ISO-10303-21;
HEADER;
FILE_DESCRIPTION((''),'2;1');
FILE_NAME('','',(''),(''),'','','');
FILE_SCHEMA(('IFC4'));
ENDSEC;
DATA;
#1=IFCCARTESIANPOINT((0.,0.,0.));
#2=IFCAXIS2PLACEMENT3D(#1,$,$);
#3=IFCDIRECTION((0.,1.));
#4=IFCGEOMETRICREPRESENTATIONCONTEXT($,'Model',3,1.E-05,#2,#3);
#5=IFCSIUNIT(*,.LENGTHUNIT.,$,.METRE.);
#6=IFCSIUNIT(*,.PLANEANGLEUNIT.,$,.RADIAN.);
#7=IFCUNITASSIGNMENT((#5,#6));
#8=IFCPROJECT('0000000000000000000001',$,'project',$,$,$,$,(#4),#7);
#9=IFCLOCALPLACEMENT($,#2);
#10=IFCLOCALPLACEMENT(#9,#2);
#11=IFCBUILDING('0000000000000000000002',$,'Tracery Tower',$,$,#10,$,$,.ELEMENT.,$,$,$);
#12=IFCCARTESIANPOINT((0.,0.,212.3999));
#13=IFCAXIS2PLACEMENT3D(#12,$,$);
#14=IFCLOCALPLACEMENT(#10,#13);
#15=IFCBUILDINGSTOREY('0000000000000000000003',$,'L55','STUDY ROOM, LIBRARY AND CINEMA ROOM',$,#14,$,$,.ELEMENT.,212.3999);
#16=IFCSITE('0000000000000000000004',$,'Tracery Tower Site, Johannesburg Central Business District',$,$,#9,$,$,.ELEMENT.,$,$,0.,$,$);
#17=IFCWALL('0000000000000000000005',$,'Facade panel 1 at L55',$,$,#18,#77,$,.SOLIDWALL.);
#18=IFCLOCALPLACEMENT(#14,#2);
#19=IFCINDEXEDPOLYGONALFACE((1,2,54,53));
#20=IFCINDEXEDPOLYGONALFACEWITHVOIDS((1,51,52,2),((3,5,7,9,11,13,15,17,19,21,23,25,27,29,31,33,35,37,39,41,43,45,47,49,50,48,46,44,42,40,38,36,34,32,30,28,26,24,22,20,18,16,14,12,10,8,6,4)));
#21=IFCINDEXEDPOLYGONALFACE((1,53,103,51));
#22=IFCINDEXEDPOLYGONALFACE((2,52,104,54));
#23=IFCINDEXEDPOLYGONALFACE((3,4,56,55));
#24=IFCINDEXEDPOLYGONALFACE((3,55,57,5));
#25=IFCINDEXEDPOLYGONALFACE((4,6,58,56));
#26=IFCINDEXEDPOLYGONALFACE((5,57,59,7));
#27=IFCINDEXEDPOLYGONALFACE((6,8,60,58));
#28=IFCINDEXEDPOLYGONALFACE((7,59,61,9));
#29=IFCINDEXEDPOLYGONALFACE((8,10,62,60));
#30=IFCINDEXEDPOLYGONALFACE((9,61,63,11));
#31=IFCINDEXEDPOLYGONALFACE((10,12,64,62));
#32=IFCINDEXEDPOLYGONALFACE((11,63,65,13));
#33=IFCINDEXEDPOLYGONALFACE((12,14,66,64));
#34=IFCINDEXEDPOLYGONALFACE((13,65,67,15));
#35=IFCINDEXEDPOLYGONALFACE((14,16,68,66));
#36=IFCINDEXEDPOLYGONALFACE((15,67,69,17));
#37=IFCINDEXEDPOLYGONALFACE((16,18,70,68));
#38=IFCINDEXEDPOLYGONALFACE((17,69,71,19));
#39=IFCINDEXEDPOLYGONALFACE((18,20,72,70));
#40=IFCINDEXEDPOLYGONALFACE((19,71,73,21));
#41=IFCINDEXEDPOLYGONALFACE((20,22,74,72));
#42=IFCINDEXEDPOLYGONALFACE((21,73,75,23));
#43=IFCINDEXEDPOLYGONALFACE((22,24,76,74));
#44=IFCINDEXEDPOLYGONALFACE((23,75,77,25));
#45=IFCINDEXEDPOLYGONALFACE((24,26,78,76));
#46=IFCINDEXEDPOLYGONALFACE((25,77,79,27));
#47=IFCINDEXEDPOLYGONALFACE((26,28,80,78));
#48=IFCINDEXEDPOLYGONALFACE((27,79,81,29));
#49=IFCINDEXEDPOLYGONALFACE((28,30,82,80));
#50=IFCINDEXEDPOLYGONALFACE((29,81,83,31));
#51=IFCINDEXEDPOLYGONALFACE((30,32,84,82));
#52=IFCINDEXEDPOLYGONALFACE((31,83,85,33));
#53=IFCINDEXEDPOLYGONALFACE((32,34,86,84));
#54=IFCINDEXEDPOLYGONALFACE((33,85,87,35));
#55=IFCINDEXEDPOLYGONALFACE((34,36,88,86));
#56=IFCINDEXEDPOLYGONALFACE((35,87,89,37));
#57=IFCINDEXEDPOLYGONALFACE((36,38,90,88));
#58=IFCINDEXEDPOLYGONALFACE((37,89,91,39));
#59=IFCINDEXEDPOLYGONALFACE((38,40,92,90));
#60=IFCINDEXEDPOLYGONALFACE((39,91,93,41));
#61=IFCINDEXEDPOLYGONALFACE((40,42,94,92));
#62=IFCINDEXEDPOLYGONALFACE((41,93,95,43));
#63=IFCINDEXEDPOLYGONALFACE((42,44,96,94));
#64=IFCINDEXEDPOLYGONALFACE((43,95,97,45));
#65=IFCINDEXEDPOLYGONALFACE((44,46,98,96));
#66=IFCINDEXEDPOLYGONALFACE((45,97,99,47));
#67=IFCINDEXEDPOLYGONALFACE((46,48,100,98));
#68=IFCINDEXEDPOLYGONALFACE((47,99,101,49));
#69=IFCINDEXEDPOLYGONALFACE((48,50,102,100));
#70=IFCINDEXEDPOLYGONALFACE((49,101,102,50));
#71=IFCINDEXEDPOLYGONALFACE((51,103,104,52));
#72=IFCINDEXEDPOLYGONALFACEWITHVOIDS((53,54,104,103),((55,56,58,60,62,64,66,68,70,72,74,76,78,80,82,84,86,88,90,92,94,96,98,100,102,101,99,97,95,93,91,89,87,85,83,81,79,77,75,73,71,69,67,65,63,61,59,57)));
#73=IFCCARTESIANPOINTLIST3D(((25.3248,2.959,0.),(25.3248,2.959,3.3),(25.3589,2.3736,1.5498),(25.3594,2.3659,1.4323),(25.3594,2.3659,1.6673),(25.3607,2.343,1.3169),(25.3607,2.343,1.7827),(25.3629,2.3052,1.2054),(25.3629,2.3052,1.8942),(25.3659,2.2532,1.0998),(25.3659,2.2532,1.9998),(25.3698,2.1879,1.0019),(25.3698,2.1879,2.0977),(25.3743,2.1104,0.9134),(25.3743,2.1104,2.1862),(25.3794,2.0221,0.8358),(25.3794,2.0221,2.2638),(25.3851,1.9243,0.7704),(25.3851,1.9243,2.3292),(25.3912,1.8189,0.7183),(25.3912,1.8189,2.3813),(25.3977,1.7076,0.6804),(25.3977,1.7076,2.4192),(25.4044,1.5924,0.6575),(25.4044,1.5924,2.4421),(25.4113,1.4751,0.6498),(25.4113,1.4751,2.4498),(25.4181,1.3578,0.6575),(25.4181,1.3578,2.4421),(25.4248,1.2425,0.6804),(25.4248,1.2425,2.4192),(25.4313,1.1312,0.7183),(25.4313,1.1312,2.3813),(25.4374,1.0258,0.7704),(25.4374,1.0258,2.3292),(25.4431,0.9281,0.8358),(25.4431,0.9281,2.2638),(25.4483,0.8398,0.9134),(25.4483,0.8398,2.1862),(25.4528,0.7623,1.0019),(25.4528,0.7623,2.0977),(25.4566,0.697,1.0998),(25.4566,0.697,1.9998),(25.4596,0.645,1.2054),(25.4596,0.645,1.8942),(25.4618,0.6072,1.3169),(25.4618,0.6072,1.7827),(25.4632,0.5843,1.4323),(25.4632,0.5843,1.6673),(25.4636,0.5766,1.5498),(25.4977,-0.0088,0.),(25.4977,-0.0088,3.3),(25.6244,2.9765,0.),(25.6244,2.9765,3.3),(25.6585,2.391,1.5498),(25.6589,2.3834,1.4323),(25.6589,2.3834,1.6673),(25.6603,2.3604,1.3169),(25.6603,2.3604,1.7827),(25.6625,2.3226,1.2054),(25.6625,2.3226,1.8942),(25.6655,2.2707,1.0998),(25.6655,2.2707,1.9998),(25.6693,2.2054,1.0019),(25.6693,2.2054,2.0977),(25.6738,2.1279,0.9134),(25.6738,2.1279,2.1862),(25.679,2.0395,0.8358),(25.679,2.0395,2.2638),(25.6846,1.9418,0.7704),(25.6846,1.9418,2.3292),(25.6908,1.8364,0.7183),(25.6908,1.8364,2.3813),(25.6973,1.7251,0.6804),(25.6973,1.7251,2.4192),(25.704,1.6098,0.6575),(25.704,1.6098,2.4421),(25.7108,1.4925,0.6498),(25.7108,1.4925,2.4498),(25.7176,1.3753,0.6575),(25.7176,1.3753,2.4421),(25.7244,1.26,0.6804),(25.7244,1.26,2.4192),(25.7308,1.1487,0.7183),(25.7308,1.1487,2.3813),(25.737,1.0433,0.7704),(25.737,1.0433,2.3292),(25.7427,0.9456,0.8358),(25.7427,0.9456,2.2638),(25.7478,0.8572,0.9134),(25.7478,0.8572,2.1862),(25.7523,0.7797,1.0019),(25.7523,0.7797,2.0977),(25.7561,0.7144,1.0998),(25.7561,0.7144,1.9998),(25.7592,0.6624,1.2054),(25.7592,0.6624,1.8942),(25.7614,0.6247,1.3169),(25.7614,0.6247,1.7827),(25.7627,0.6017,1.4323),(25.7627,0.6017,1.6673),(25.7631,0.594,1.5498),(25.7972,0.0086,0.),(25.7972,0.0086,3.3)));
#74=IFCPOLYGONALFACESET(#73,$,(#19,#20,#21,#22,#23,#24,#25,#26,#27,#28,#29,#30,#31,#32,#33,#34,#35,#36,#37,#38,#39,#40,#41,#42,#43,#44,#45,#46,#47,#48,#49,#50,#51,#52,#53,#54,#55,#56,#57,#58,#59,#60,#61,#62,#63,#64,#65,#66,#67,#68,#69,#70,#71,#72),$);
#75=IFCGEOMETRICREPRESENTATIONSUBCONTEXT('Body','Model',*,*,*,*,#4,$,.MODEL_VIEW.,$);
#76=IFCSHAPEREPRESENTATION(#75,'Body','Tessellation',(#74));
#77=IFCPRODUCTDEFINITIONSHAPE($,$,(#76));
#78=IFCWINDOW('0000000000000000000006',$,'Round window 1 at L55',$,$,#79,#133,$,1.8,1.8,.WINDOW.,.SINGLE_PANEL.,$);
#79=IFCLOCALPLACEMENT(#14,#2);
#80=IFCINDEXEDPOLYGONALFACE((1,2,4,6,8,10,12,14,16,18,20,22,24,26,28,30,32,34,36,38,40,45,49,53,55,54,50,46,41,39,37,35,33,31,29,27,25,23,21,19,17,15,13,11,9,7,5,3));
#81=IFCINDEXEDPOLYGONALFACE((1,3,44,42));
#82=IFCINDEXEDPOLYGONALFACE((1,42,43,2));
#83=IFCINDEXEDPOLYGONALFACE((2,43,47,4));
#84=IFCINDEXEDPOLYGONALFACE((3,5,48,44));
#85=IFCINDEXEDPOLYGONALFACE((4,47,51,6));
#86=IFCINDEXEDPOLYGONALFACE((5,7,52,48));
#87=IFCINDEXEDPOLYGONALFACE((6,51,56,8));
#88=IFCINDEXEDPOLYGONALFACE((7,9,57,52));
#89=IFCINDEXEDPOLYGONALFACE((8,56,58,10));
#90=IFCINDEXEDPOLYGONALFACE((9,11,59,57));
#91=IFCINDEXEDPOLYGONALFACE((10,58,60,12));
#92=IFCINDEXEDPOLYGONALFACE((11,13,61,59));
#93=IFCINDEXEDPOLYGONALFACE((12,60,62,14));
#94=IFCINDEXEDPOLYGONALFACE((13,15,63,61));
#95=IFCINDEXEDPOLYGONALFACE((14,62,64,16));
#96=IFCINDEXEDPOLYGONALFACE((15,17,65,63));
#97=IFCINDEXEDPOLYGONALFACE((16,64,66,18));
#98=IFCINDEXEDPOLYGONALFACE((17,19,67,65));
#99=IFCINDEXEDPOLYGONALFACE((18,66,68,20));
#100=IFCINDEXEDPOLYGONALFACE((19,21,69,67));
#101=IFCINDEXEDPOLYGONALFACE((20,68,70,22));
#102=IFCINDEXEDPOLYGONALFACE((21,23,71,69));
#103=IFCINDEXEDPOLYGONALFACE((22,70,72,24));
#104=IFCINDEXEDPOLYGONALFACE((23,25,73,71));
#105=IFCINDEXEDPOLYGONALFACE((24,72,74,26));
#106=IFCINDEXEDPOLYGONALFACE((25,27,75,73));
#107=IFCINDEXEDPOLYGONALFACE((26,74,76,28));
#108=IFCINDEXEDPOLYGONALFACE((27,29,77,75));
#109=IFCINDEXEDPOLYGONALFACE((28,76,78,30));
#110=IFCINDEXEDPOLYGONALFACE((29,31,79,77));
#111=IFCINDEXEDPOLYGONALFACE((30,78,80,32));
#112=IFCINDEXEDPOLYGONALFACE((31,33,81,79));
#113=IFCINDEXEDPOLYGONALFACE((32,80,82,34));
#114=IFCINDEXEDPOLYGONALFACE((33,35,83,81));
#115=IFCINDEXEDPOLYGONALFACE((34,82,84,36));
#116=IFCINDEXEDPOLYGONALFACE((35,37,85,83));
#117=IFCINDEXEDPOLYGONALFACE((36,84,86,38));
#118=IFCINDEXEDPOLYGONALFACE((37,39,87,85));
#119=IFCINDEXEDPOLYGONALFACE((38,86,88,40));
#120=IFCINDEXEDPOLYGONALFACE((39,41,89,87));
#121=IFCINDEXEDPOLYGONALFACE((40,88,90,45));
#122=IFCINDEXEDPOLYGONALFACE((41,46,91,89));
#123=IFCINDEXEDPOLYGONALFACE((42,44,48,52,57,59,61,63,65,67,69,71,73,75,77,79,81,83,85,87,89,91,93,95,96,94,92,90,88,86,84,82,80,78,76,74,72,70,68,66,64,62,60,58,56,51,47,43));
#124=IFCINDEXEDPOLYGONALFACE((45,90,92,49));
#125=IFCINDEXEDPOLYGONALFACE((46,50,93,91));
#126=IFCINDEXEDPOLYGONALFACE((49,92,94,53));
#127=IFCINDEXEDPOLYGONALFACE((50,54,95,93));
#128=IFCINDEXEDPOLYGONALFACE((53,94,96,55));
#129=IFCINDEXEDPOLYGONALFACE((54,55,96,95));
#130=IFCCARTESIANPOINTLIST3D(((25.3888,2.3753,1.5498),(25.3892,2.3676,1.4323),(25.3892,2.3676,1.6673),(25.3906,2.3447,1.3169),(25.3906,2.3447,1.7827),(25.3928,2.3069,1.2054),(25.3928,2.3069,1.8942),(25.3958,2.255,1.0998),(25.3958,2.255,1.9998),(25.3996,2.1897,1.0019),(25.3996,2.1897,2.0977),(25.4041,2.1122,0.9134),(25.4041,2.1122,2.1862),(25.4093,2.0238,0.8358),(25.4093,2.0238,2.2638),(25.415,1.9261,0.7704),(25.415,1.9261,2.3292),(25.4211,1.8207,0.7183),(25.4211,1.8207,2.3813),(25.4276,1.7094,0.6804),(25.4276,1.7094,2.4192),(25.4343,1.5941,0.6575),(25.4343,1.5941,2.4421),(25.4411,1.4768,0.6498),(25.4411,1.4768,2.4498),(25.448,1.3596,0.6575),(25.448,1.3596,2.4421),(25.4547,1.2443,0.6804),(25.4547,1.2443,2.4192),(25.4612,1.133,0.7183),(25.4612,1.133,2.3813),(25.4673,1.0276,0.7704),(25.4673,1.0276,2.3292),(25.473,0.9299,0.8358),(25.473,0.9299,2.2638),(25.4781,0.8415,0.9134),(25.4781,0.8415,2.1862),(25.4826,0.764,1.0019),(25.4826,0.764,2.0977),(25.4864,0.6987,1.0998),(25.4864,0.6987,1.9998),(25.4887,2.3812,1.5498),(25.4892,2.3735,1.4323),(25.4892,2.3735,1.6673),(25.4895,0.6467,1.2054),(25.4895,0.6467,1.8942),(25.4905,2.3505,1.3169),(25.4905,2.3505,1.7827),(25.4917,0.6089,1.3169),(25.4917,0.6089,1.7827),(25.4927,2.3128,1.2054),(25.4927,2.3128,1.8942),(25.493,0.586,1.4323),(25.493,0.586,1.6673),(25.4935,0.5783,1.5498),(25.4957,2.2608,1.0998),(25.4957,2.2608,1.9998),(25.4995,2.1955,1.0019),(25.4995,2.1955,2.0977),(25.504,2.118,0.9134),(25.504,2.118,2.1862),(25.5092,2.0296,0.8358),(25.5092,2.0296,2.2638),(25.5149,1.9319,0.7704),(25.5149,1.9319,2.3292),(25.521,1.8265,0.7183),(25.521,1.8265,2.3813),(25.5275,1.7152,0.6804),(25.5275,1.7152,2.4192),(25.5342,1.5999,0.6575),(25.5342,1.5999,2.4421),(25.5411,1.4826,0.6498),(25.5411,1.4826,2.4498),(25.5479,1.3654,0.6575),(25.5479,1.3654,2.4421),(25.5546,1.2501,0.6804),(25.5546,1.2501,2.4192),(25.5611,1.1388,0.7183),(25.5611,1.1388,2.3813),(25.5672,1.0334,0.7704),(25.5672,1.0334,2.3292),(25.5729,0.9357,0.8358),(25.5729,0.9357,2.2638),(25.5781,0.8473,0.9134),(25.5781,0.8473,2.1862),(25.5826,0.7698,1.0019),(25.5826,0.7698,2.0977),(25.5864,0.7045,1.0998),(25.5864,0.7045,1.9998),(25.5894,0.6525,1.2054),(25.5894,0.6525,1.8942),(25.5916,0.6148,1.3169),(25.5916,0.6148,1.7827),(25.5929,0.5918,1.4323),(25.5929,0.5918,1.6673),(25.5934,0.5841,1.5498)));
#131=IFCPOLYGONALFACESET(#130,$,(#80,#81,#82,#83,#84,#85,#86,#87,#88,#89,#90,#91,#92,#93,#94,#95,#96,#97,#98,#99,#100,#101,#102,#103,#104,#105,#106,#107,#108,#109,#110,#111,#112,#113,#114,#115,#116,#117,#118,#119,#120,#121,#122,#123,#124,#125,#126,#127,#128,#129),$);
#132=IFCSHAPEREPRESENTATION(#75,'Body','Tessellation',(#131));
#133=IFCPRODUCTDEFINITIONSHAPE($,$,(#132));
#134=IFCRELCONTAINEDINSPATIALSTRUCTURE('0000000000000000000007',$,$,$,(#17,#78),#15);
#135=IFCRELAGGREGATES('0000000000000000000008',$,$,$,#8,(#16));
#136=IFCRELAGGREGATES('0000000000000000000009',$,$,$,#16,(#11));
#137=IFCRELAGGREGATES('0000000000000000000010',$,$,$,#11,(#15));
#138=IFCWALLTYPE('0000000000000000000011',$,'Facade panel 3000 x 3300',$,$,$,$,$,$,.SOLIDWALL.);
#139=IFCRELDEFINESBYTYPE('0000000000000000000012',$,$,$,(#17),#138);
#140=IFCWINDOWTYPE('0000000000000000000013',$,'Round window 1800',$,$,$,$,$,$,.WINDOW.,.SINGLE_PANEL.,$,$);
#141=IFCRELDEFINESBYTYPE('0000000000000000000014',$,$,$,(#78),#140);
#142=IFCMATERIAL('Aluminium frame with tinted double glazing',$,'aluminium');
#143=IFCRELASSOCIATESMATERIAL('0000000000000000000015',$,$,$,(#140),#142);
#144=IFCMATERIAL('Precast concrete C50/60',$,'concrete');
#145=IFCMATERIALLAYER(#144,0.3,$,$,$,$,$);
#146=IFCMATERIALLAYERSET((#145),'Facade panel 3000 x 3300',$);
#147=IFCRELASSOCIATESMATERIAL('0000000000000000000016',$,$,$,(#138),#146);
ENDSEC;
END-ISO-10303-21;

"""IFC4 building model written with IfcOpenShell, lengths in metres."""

from ifc_helpers import new_model, si_unit, direction, frame, frame_2d, origin, origin_2d, place, context, subcontext, project, spatial, rectangle, circle, extrude, material, layer, layer_set, type_object, element, fill, save


model = new_model("IFC4")

# Units and contexts
model_context = context("Model", 3, precision=1e-05, world=origin(), true_north=direction((0.0, 1.0)))
body_context = subcontext(model_context, "Body", "Model", "MODEL_VIEW")
ifc_project = project(units=[si_unit("LENGTHUNIT", "METRE"), si_unit("PLANEANGLEUNIT", "RADIAN")], contexts=[model_context])

# Site, building, storey
site_placement = place(None, origin())
site = spatial("IfcSite", under=ifc_project, at=site_placement, Name="Tracery Tower Site, Johannesburg Central Business District", CompositionType="ELEMENT", RefElevation=0.0)
building_placement = place(site_placement, origin())
building = spatial("IfcBuilding", under=site, at=building_placement, Name="Tracery Tower", CompositionType="ELEMENT")
storey_placement = place(building_placement, frame((0.0, 0.0, 212.3999)))
storey = spatial("IfcBuildingStorey", under=building, at=storey_placement, Name="L55", Description="STUDY ROOM, LIBRARY AND CINEMA ROOM", CompositionType="ELEMENT", Elevation=212.3999)

# Wall, opening, window
ifc_material_1 = material(Name="Aluminium frame with tinted double glazing", Category="aluminium")
window_type = type_object("IfcWindowType", Name="Round window 1800", PartitioningType="SINGLE_PANEL", PredefinedType="WINDOW", material=ifc_material_1)
ifc_material_2 = material(Name="Precast concrete C50/60", Category="concrete")
ifc_layer_1 = layer(ifc_material_2, 0.3)
ifc_layer_set_1 = layer_set([ifc_layer_1], Name="Facade panel 3000 x 3300")
wall_type_1 = type_object("IfcWallType", Name="Facade panel 3000 x 3300", PredefinedType="SOLIDWALL", material=ifc_layer_set_1)
wall_1_placement = place(storey_placement, frame((25.6475, 0.0, 0.0), z_axis=(0.0, 0.0, 1.0), x_axis=(-0.058144, 0.998308, 0.0)))
wall_1 = element("IfcWall", 1, at=wall_1_placement, inside=storey, type_object=wall_type_1, Name="Facade panel 1 at L55", PredefinedType="SOLIDWALL", context=body_context, shape_type="SweptSolid", body=[
    extrude(rectangle(XDim=2.9729, YDim=0.3, at=frame_2d((1.4863, 0.0))), origin(), (0.0, 0.0, 1.0), 3.3),
])
opening_1_placement = place(wall_1_placement, frame((1.4863, 0.0, 1.5498)))
opening_1 = element("IfcOpeningElement", 2, at=opening_1_placement, cuts=wall_1, PredefinedType="OPENING", context=body_context, shape_type="SweptSolid", body=[
    extrude(circle(Radius=0.9, at=origin_2d()), frame((0.0, 0.1599, 0.0), z_axis=(0.0, -1.0, 0.0), x_axis=(1.0, 0.0, 0.0)), (0.0, 0.0, 1.0), 0.3201),
])
window_1_placement = place(opening_1_placement, origin())
window_1 = element("IfcWindow", 3, at=window_1_placement, inside=storey, type_object=window_type, Name="Round window 1 at L55", OverallHeight=1.8, OverallWidth=1.8, PartitioningType="SINGLE_PANEL", PredefinedType="WINDOW", context=body_context, shape_type="SweptSolid", body=[
    extrude(circle(Radius=0.9, at=origin_2d()), frame((0.0, 0.1201, 0.0), z_axis=(0.0, -1.0, 0.0), x_axis=(1.0, 0.0, 0.0)), (0.0, 0.0, 1.0), 0.1001),
])
fill(opening_1, window_1)

save(model, "model.ifc")
